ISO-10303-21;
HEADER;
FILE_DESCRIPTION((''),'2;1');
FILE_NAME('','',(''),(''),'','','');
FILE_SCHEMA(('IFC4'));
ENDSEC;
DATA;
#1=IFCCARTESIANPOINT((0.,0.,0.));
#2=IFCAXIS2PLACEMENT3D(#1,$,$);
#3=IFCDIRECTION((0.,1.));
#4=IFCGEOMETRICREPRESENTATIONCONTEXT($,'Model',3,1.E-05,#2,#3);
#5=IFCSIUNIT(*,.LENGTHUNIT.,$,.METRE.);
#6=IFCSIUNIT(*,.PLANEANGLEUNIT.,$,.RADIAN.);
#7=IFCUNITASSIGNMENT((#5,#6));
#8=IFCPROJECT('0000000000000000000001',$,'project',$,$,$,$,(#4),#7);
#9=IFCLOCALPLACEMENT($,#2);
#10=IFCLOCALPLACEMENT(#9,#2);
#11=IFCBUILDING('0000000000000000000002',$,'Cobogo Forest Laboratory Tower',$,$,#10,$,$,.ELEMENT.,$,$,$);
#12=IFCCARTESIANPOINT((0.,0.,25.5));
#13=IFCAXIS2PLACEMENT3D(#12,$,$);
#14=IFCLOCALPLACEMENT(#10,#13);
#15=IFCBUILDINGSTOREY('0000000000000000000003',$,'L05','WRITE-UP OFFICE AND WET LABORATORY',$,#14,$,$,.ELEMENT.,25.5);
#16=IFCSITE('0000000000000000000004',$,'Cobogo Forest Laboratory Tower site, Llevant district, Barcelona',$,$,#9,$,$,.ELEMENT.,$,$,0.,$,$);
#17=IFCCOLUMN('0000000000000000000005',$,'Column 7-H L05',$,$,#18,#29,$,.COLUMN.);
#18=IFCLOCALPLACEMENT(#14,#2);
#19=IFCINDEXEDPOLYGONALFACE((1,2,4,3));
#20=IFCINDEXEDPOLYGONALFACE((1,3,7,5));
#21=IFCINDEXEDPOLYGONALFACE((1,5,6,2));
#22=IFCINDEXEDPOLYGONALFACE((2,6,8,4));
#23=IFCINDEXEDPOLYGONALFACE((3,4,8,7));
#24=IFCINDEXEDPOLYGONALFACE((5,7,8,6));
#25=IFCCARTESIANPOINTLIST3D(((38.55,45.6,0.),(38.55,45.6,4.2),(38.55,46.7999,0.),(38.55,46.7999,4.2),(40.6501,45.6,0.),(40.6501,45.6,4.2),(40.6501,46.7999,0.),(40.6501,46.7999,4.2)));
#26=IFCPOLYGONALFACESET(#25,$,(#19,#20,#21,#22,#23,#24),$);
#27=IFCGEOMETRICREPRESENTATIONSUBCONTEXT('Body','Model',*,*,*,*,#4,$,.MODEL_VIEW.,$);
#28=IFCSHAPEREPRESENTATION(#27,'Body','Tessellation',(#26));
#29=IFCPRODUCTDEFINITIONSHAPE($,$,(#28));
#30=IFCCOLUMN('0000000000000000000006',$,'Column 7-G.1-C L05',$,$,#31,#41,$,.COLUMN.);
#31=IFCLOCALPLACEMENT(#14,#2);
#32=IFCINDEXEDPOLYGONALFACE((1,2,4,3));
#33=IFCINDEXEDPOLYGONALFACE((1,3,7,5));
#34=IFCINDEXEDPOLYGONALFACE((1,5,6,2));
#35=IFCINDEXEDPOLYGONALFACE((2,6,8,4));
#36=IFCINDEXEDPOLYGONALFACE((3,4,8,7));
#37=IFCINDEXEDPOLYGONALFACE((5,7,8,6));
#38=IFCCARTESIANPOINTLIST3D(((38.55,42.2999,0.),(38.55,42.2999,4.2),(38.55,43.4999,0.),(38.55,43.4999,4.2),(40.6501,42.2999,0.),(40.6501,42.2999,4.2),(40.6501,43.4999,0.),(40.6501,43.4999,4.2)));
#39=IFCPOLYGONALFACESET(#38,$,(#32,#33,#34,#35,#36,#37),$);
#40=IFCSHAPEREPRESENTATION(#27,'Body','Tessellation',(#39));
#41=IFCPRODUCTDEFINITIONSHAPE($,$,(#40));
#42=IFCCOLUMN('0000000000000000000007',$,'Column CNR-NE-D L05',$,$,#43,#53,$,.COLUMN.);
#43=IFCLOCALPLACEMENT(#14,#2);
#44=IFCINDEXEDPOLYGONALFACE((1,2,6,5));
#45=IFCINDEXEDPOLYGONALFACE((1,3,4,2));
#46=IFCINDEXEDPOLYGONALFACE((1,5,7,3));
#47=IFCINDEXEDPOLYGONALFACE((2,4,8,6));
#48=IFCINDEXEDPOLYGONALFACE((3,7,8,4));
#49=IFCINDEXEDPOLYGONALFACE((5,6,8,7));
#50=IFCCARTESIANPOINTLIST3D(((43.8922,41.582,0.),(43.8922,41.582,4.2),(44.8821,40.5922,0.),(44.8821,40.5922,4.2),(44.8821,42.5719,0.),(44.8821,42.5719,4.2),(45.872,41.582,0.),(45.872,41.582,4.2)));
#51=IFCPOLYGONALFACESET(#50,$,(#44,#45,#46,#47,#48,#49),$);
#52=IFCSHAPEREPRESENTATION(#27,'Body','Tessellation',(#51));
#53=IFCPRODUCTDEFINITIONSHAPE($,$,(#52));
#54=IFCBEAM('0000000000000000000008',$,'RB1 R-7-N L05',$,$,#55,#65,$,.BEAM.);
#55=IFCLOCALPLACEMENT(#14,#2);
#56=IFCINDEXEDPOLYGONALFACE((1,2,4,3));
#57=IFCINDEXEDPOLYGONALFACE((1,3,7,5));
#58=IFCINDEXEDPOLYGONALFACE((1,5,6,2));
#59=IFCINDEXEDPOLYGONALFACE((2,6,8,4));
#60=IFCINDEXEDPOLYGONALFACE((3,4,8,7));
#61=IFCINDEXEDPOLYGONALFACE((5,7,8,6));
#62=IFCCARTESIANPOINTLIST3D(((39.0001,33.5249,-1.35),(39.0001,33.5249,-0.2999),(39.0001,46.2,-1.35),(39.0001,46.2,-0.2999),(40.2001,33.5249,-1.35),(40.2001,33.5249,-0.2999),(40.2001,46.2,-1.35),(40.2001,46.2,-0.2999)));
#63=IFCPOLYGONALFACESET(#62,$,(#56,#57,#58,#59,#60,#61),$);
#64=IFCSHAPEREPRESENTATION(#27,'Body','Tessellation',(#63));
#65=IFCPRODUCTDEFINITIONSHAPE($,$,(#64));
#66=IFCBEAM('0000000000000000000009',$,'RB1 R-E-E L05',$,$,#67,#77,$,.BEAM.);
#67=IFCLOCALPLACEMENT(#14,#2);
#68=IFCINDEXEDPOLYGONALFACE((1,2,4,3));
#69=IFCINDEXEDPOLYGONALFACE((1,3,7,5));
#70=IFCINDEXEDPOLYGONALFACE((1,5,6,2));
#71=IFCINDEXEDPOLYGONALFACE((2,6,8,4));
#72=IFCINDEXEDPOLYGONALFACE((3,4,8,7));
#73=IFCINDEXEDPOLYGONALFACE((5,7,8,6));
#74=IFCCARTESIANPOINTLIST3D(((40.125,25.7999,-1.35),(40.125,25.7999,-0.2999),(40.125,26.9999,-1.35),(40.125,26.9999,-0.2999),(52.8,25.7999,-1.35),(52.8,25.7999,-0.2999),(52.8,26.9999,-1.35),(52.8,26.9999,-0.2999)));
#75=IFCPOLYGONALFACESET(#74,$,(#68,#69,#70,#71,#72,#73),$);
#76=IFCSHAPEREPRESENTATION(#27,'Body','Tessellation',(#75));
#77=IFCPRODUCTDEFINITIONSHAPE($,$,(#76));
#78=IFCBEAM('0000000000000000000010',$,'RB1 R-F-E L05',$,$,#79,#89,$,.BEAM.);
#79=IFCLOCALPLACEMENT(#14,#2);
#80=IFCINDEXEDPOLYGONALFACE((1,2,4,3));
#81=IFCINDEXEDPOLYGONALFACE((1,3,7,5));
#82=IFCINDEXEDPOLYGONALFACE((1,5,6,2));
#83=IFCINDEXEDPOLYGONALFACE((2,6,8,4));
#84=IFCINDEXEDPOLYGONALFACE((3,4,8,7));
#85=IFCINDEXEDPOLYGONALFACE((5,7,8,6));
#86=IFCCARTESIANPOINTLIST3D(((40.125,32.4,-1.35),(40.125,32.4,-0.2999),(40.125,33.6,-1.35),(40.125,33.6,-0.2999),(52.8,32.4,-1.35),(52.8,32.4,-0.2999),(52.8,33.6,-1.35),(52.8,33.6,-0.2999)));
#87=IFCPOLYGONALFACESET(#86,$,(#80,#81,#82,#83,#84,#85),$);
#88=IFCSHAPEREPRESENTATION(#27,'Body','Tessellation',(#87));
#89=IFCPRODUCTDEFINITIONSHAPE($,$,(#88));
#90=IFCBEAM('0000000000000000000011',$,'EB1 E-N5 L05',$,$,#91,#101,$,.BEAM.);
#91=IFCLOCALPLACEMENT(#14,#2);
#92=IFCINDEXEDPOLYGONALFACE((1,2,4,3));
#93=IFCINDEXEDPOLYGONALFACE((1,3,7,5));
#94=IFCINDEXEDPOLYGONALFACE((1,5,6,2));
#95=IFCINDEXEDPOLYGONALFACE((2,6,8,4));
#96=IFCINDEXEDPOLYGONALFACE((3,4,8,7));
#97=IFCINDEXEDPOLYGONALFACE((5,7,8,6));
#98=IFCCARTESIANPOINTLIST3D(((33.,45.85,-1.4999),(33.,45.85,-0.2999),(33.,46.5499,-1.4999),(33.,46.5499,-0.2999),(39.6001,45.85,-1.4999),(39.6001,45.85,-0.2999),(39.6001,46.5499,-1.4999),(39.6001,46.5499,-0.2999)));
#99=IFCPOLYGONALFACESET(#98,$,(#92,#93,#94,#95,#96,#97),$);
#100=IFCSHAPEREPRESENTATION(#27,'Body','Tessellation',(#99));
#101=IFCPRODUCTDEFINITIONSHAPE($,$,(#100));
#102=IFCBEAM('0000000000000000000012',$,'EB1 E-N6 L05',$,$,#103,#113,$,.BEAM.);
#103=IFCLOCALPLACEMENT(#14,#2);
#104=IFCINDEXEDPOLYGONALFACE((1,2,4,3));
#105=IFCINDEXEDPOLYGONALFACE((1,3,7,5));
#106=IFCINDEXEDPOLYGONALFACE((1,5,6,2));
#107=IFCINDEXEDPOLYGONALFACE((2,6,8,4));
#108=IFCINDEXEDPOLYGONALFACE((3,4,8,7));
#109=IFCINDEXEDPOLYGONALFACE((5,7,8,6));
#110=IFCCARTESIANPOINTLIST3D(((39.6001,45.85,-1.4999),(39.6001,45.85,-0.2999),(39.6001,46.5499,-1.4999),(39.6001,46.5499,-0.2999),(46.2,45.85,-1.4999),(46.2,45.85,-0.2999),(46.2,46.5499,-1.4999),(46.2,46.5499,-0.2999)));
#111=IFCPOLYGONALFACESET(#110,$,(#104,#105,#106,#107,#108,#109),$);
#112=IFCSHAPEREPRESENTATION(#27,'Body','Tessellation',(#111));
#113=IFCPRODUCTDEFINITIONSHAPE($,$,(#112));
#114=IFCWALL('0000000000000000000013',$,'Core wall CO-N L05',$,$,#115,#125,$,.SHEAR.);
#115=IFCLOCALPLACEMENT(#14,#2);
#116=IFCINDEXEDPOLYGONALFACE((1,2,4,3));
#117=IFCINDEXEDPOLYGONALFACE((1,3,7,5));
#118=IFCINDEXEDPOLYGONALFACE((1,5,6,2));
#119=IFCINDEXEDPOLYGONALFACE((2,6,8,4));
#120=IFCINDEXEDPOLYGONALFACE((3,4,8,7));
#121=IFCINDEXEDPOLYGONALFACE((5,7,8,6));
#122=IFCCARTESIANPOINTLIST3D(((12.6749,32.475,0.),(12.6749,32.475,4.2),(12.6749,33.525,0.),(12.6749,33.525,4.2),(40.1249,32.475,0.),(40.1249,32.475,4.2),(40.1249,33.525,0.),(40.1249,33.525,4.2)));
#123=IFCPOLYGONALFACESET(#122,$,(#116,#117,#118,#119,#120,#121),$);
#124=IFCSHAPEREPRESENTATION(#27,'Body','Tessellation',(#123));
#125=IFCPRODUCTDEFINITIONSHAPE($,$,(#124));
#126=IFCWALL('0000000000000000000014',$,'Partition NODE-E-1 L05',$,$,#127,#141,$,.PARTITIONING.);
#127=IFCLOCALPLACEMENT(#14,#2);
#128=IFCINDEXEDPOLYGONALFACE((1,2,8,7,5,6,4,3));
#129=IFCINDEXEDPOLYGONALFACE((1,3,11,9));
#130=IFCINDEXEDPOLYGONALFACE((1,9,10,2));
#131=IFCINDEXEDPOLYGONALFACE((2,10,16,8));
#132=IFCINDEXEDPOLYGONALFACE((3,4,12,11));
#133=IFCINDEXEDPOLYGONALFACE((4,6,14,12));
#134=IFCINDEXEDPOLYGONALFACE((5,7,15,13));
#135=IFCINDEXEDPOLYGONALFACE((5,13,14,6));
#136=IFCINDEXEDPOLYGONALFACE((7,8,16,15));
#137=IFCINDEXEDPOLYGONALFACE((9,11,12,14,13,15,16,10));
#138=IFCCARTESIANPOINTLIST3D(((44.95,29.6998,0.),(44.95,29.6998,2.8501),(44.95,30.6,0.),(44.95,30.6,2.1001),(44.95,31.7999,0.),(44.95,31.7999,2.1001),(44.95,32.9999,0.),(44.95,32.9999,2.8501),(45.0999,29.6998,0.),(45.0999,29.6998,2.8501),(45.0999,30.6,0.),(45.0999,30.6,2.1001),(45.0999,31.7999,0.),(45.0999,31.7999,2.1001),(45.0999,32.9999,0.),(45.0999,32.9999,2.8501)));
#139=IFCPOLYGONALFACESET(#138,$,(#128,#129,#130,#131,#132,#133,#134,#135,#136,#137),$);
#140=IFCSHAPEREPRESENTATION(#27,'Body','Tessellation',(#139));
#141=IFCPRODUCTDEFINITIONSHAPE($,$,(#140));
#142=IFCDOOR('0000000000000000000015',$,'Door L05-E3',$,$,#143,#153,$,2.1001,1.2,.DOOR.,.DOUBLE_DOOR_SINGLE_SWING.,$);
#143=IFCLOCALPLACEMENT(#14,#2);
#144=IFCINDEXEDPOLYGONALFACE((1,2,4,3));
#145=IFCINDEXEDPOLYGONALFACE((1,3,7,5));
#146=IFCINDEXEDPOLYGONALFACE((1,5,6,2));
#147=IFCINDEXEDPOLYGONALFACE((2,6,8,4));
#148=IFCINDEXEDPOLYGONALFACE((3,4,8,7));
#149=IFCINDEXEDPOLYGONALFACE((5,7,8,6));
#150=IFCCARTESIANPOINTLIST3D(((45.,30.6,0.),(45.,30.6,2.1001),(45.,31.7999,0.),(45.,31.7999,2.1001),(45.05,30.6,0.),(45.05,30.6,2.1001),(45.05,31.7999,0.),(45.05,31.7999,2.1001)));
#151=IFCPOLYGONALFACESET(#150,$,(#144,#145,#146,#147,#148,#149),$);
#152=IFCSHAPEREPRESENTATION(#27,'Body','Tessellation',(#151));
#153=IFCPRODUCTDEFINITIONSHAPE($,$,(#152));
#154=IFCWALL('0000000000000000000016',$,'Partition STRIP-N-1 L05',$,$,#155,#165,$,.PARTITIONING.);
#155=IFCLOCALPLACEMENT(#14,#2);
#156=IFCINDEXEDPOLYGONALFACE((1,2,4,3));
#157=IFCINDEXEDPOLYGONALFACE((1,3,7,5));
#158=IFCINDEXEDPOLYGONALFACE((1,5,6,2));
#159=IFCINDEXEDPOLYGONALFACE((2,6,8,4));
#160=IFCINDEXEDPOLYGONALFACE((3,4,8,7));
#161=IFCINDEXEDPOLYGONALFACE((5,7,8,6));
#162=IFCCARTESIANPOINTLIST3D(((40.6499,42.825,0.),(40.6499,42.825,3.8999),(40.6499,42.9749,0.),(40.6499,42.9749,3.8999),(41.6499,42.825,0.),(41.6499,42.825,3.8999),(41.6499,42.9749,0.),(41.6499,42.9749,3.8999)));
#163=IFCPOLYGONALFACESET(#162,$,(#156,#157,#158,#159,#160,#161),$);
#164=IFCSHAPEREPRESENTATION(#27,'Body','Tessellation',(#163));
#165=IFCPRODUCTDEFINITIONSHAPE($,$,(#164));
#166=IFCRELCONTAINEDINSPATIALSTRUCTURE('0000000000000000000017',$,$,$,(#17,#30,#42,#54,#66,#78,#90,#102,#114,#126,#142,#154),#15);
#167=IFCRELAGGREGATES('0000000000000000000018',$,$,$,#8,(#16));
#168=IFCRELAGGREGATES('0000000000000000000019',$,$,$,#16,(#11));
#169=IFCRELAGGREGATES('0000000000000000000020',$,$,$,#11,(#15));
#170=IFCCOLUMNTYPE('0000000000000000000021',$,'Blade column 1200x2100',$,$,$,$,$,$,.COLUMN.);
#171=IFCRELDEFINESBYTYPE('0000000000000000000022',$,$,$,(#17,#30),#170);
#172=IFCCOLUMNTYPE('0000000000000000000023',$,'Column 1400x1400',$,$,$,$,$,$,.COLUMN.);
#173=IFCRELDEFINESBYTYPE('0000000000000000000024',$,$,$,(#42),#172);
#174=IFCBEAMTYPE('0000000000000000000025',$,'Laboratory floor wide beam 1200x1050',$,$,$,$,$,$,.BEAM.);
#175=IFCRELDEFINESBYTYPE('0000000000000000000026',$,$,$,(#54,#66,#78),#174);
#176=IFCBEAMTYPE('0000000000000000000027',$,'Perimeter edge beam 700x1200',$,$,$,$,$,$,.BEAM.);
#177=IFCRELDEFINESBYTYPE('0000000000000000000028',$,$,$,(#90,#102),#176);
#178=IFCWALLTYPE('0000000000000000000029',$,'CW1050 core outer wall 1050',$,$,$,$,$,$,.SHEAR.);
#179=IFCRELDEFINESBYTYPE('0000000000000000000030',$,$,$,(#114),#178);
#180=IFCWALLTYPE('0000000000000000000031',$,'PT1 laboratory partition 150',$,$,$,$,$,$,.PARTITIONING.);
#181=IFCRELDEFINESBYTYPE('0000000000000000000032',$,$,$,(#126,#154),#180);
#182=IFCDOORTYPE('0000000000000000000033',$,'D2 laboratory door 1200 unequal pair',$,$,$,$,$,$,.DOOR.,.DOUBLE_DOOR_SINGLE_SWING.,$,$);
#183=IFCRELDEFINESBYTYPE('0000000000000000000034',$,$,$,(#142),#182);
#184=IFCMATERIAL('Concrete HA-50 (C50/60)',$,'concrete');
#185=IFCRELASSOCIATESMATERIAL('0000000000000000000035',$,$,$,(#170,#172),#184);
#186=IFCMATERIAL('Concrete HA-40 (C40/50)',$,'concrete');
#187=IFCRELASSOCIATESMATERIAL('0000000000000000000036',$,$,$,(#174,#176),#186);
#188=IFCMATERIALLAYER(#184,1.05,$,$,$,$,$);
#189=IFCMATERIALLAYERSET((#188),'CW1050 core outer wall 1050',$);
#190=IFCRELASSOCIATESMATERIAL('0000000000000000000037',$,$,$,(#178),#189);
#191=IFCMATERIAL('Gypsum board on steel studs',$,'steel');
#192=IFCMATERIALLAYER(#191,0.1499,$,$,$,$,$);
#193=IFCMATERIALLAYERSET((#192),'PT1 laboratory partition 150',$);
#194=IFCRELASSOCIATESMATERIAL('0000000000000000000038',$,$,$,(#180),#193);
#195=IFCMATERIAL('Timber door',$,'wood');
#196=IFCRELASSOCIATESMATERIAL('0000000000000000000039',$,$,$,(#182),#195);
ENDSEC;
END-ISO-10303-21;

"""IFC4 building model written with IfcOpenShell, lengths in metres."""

from ifc_helpers import new_model, si_unit, direction, frame, frame_2d, origin, origin_2d, place, context, subcontext, project, spatial, rectangle, extrude, material, layer, layer_set, material_profile, profile_set, type_object, element, fill, save


model = new_model("IFC4")

# Units and contexts
model_context = context("Model", 3, precision=1e-05, world=origin(), true_north=direction((0.0, 1.0)))
body_context = subcontext(model_context, "Body", "Model", "MODEL_VIEW")
ifc_project = project(units=[si_unit("LENGTHUNIT", "METRE"), si_unit("PLANEANGLEUNIT", "RADIAN")], contexts=[model_context])

# Site, building, storey
site_placement = place(None, origin())
site = spatial("IfcSite", under=ifc_project, at=site_placement, Name="Cobogo Forest Laboratory Tower site, Llevant district, Barcelona", CompositionType="ELEMENT", RefElevation=0.0)
building_placement = place(site_placement, origin())
building = spatial("IfcBuilding", under=site, at=building_placement, Name="Cobogo Forest Laboratory Tower", CompositionType="ELEMENT")
storey_placement = place(building_placement, frame((0.0, 0.0, 25.5)))
storey = spatial("IfcBuildingStorey", under=building, at=storey_placement, Name="L05", Description="WRITE-UP OFFICE AND WET LABORATORY", CompositionType="ELEMENT", Elevation=25.5)

# Columns
ifc_material_1 = material(Name="Concrete HA-50 (C50/60)", Category="concrete")
ifc_material_profile_1 = material_profile(ifc_material_1, rectangle(XDim=2.1001, YDim=1.2, at=origin_2d()), Name="RC 1200x2100")
ifc_profile_set_1 = profile_set([ifc_material_profile_1], Name="Concrete HA-50 (C50/60)")
column_type_1 = type_object("IfcColumnType", Name="Blade column 1200x2100", PredefinedType="COLUMN", material=ifc_profile_set_1)
for number, where, z_axis, x_axis, name in (
    (1, (39.6001, 46.2, 0.0), (0.0, 0.0, 1.0), (1.0, 0.0, 0.0), "Column 7-H L05"),
    (2, (39.6001, 42.8999, 0.0), (0.0, 0.0, 1.0), (1.0, 0.0, 0.0), "Column 7-G.1-C L05"),
):
    element("IfcColumn", number, at=place(storey_placement, frame(where, z_axis=z_axis, x_axis=x_axis)), inside=storey, type_object=column_type_1, Name=name, PredefinedType="COLUMN", context=body_context, shape_type="SweptSolid", body=[
        extrude(rectangle(XDim=2.1001, YDim=1.2, at=origin_2d()), origin(), (0.0, 0.0, 1.0), 4.2),
    ])
ifc_material_profile_2 = material_profile(ifc_material_1, rectangle(XDim=1.3999, YDim=1.3999, at=origin_2d()), Name="RC 1400x1400")
ifc_profile_set_2 = profile_set([ifc_material_profile_2], Name="Concrete HA-50 (C50/60)")
column_type_2 = type_object("IfcColumnType", Name="Column 1400x1400", PredefinedType="COLUMN", material=ifc_profile_set_2)
column_placement = place(storey_placement, frame((44.8821, 41.582, 0.0), z_axis=(0.0, 0.0, 1.0), x_axis=(0.707107, 0.707107, 0.0)))
element("IfcColumn", 3, at=column_placement, inside=storey, type_object=column_type_2, Name="Column CNR-NE-D L05", PredefinedType="COLUMN", context=body_context, shape_type="SweptSolid", body=[
    extrude(rectangle(XDim=1.3999, YDim=1.3999, at=origin_2d()), origin(), (0.0, 0.0, 1.0), 4.2),
])

# Beams
ifc_material_2 = material(Name="Concrete HA-40 (C40/50)", Category="concrete")
ifc_material_profile_3 = material_profile(ifc_material_2, rectangle(XDim=1.2, YDim=1.05, at=origin_2d()), Name="RC 1200x1050")
ifc_profile_set_3 = profile_set([ifc_material_profile_3], Name="Concrete HA-40 (C40/50)")
beam_type_1 = type_object("IfcBeamType", Name="Laboratory floor wide beam 1200x1050", PredefinedType="BEAM", material=ifc_profile_set_3)
for number, where, z_axis, x_axis, name in (
    (4, (39.6001, 33.5249, -0.825), (0.0, 1.0, 0.0), (-1.0, 0.0, 0.0), "RB1 R-7-N L05"),
    (5, (40.125, 26.3999, -0.825), (1.0, 0.0, 0.0), (0.0, 1.0, 0.0), "RB1 R-E-E L05"),
    (6, (40.125, 33.0, -0.825), (1.0, 0.0, 0.0), (0.0, 1.0, 0.0), "RB1 R-F-E L05"),
):
    element("IfcBeam", number, at=place(storey_placement, frame(where, z_axis=z_axis, x_axis=x_axis)), inside=storey, type_object=beam_type_1, Name=name, PredefinedType="BEAM", context=body_context, shape_type="SweptSolid", body=[
        extrude(rectangle(XDim=1.2, YDim=1.05, at=origin_2d()), origin(), (0.0, 0.0, 1.0), 12.675),
    ])
ifc_material_profile_4 = material_profile(ifc_material_2, rectangle(XDim=0.7, YDim=1.2, at=origin_2d()), Name="RC 700x1200")
ifc_profile_set_4 = profile_set([ifc_material_profile_4], Name="Concrete HA-40 (C40/50)")
beam_type_2 = type_object("IfcBeamType", Name="Perimeter edge beam 700x1200", PredefinedType="BEAM", material=ifc_profile_set_4)
beam_1_placement = place(storey_placement, frame((33.0, 46.2, -0.8999), z_axis=(1.0, 0.0, 0.0), x_axis=(0.0, 1.0, 0.0)))
element("IfcBeam", 7, at=beam_1_placement, inside=storey, type_object=beam_type_2, Name="EB1 E-N5 L05", PredefinedType="BEAM", context=body_context, shape_type="SweptSolid", body=[
    extrude(rectangle(XDim=0.7, YDim=1.2, at=origin_2d()), origin(), (0.0, 0.0, 1.0), 6.6001),
])
beam_2_placement = place(storey_placement, frame((39.6001, 46.2, -0.8999), z_axis=(1.0, 0.0, 0.0), x_axis=(0.0, 1.0, 0.0)))
element("IfcBeam", 8, at=beam_2_placement, inside=storey, type_object=beam_type_2, Name="EB1 E-N6 L05", PredefinedType="BEAM", context=body_context, shape_type="SweptSolid", body=[
    extrude(rectangle(XDim=0.7, YDim=1.2, at=origin_2d()), origin(), (0.0, 0.0, 1.0), 6.5999),
])

# Wall
ifc_layer_1 = layer(ifc_material_1, 1.05)
ifc_layer_set_1 = layer_set([ifc_layer_1], Name="CW1050 core outer wall 1050")
wall_type_1 = type_object("IfcWallType", Name="CW1050 core outer wall 1050", PredefinedType="SHEAR", material=ifc_layer_set_1)
wall_1_placement = place(storey_placement, frame((40.125, 33.0, 0.0), z_axis=(0.0, 0.0, 1.0), x_axis=(-1.0, 0.0, 0.0)))
element("IfcWall", 9, at=wall_1_placement, inside=storey, type_object=wall_type_1, Name="Core wall CO-N L05", PredefinedType="SHEAR", context=body_context, shape_type="SweptSolid", body=[
    extrude(rectangle(XDim=27.45, YDim=1.05, at=frame_2d((13.7251, 0.0))), origin(), (0.0, 0.0, 1.0), 4.2),
])

# Wall, opening, door
ifc_material_3 = material(Name="Gypsum board on steel studs", Category="steel")
ifc_layer_2 = layer(ifc_material_3, 0.1499)
ifc_layer_set_2 = layer_set([ifc_layer_2], Name="PT1 laboratory partition 150")
wall_type_2 = type_object("IfcWallType", Name="PT1 laboratory partition 150", PredefinedType="PARTITIONING", material=ifc_layer_set_2)
wall_2_placement = place(storey_placement, frame((45.0249, 29.7, 0.0), z_axis=(0.0, 0.0, 1.0), x_axis=(0.0, 1.0, 0.0)))
wall_2 = element("IfcWall", 10, at=wall_2_placement, inside=storey, type_object=wall_type_2, Name="Partition NODE-E-1 L05", PredefinedType="PARTITIONING", context=body_context, shape_type="SweptSolid", body=[
    extrude(rectangle(XDim=3.3, YDim=0.1499, at=frame_2d((1.6499, 0.0))), origin(), (0.0, 0.0, 1.0), 2.8501),
])
opening_1_placement = place(wall_2_placement, frame((0.8999, 0.0, 0.0)))
opening_1 = element("IfcOpeningElement", 11, at=opening_1_placement, cuts=wall_2, PredefinedType="OPENING", context=body_context, shape_type="SweptSolid", body=[
    extrude(rectangle(XDim=1.2, YDim=2.1001, at=frame_2d((0.6001, 1.05))), frame((0.0, 0.085, 0.0), z_axis=(0.0, -1.0, 0.0), x_axis=(1.0, 0.0, 0.0)), (0.0, 0.0, 1.0), 0.1699),
])
ifc_material_4 = material(Name="Timber door", Category="wood")
door_type_1 = type_object("IfcDoorType", Name="D2 laboratory door 1200 unequal pair", OperationType="DOUBLE_DOOR_SINGLE_SWING", PredefinedType="DOOR", material=ifc_material_4)
door_1_placement = place(opening_1_placement, origin())
door_1 = element("IfcDoor", 12, at=door_1_placement, inside=storey, type_object=door_type_1, Name="Door L05-E3", OperationType="DOUBLE_DOOR_SINGLE_SWING", OverallHeight=2.1001, OverallWidth=1.2, PredefinedType="DOOR", context=body_context, shape_type="SweptSolid", body=[
    extrude(rectangle(XDim=1.2, YDim=2.1001, at=frame_2d((0.6001, 1.05))), frame((0.0, 0.0249, 0.0), z_axis=(0.0, -1.0, 0.0), x_axis=(1.0, 0.0, 0.0)), (0.0, 0.0, 1.0), 0.05),
])
fill(opening_1, door_1)

# Wall
wall_3_placement = place(storey_placement, frame((41.6499, 42.8999, 0.0), z_axis=(0.0, 0.0, 1.0), x_axis=(-1.0, 0.0, 0.0)))
element("IfcWall", 13, at=wall_3_placement, inside=storey, type_object=wall_type_2, Name="Partition STRIP-N-1 L05", PredefinedType="PARTITIONING", context=body_context, shape_type="SweptSolid", body=[
    extrude(rectangle(XDim=1.0, YDim=0.1499, at=frame_2d((0.5, 0.0))), origin(), (0.0, 0.0, 1.0), 3.8999),
])

save(model, "model.ifc")
